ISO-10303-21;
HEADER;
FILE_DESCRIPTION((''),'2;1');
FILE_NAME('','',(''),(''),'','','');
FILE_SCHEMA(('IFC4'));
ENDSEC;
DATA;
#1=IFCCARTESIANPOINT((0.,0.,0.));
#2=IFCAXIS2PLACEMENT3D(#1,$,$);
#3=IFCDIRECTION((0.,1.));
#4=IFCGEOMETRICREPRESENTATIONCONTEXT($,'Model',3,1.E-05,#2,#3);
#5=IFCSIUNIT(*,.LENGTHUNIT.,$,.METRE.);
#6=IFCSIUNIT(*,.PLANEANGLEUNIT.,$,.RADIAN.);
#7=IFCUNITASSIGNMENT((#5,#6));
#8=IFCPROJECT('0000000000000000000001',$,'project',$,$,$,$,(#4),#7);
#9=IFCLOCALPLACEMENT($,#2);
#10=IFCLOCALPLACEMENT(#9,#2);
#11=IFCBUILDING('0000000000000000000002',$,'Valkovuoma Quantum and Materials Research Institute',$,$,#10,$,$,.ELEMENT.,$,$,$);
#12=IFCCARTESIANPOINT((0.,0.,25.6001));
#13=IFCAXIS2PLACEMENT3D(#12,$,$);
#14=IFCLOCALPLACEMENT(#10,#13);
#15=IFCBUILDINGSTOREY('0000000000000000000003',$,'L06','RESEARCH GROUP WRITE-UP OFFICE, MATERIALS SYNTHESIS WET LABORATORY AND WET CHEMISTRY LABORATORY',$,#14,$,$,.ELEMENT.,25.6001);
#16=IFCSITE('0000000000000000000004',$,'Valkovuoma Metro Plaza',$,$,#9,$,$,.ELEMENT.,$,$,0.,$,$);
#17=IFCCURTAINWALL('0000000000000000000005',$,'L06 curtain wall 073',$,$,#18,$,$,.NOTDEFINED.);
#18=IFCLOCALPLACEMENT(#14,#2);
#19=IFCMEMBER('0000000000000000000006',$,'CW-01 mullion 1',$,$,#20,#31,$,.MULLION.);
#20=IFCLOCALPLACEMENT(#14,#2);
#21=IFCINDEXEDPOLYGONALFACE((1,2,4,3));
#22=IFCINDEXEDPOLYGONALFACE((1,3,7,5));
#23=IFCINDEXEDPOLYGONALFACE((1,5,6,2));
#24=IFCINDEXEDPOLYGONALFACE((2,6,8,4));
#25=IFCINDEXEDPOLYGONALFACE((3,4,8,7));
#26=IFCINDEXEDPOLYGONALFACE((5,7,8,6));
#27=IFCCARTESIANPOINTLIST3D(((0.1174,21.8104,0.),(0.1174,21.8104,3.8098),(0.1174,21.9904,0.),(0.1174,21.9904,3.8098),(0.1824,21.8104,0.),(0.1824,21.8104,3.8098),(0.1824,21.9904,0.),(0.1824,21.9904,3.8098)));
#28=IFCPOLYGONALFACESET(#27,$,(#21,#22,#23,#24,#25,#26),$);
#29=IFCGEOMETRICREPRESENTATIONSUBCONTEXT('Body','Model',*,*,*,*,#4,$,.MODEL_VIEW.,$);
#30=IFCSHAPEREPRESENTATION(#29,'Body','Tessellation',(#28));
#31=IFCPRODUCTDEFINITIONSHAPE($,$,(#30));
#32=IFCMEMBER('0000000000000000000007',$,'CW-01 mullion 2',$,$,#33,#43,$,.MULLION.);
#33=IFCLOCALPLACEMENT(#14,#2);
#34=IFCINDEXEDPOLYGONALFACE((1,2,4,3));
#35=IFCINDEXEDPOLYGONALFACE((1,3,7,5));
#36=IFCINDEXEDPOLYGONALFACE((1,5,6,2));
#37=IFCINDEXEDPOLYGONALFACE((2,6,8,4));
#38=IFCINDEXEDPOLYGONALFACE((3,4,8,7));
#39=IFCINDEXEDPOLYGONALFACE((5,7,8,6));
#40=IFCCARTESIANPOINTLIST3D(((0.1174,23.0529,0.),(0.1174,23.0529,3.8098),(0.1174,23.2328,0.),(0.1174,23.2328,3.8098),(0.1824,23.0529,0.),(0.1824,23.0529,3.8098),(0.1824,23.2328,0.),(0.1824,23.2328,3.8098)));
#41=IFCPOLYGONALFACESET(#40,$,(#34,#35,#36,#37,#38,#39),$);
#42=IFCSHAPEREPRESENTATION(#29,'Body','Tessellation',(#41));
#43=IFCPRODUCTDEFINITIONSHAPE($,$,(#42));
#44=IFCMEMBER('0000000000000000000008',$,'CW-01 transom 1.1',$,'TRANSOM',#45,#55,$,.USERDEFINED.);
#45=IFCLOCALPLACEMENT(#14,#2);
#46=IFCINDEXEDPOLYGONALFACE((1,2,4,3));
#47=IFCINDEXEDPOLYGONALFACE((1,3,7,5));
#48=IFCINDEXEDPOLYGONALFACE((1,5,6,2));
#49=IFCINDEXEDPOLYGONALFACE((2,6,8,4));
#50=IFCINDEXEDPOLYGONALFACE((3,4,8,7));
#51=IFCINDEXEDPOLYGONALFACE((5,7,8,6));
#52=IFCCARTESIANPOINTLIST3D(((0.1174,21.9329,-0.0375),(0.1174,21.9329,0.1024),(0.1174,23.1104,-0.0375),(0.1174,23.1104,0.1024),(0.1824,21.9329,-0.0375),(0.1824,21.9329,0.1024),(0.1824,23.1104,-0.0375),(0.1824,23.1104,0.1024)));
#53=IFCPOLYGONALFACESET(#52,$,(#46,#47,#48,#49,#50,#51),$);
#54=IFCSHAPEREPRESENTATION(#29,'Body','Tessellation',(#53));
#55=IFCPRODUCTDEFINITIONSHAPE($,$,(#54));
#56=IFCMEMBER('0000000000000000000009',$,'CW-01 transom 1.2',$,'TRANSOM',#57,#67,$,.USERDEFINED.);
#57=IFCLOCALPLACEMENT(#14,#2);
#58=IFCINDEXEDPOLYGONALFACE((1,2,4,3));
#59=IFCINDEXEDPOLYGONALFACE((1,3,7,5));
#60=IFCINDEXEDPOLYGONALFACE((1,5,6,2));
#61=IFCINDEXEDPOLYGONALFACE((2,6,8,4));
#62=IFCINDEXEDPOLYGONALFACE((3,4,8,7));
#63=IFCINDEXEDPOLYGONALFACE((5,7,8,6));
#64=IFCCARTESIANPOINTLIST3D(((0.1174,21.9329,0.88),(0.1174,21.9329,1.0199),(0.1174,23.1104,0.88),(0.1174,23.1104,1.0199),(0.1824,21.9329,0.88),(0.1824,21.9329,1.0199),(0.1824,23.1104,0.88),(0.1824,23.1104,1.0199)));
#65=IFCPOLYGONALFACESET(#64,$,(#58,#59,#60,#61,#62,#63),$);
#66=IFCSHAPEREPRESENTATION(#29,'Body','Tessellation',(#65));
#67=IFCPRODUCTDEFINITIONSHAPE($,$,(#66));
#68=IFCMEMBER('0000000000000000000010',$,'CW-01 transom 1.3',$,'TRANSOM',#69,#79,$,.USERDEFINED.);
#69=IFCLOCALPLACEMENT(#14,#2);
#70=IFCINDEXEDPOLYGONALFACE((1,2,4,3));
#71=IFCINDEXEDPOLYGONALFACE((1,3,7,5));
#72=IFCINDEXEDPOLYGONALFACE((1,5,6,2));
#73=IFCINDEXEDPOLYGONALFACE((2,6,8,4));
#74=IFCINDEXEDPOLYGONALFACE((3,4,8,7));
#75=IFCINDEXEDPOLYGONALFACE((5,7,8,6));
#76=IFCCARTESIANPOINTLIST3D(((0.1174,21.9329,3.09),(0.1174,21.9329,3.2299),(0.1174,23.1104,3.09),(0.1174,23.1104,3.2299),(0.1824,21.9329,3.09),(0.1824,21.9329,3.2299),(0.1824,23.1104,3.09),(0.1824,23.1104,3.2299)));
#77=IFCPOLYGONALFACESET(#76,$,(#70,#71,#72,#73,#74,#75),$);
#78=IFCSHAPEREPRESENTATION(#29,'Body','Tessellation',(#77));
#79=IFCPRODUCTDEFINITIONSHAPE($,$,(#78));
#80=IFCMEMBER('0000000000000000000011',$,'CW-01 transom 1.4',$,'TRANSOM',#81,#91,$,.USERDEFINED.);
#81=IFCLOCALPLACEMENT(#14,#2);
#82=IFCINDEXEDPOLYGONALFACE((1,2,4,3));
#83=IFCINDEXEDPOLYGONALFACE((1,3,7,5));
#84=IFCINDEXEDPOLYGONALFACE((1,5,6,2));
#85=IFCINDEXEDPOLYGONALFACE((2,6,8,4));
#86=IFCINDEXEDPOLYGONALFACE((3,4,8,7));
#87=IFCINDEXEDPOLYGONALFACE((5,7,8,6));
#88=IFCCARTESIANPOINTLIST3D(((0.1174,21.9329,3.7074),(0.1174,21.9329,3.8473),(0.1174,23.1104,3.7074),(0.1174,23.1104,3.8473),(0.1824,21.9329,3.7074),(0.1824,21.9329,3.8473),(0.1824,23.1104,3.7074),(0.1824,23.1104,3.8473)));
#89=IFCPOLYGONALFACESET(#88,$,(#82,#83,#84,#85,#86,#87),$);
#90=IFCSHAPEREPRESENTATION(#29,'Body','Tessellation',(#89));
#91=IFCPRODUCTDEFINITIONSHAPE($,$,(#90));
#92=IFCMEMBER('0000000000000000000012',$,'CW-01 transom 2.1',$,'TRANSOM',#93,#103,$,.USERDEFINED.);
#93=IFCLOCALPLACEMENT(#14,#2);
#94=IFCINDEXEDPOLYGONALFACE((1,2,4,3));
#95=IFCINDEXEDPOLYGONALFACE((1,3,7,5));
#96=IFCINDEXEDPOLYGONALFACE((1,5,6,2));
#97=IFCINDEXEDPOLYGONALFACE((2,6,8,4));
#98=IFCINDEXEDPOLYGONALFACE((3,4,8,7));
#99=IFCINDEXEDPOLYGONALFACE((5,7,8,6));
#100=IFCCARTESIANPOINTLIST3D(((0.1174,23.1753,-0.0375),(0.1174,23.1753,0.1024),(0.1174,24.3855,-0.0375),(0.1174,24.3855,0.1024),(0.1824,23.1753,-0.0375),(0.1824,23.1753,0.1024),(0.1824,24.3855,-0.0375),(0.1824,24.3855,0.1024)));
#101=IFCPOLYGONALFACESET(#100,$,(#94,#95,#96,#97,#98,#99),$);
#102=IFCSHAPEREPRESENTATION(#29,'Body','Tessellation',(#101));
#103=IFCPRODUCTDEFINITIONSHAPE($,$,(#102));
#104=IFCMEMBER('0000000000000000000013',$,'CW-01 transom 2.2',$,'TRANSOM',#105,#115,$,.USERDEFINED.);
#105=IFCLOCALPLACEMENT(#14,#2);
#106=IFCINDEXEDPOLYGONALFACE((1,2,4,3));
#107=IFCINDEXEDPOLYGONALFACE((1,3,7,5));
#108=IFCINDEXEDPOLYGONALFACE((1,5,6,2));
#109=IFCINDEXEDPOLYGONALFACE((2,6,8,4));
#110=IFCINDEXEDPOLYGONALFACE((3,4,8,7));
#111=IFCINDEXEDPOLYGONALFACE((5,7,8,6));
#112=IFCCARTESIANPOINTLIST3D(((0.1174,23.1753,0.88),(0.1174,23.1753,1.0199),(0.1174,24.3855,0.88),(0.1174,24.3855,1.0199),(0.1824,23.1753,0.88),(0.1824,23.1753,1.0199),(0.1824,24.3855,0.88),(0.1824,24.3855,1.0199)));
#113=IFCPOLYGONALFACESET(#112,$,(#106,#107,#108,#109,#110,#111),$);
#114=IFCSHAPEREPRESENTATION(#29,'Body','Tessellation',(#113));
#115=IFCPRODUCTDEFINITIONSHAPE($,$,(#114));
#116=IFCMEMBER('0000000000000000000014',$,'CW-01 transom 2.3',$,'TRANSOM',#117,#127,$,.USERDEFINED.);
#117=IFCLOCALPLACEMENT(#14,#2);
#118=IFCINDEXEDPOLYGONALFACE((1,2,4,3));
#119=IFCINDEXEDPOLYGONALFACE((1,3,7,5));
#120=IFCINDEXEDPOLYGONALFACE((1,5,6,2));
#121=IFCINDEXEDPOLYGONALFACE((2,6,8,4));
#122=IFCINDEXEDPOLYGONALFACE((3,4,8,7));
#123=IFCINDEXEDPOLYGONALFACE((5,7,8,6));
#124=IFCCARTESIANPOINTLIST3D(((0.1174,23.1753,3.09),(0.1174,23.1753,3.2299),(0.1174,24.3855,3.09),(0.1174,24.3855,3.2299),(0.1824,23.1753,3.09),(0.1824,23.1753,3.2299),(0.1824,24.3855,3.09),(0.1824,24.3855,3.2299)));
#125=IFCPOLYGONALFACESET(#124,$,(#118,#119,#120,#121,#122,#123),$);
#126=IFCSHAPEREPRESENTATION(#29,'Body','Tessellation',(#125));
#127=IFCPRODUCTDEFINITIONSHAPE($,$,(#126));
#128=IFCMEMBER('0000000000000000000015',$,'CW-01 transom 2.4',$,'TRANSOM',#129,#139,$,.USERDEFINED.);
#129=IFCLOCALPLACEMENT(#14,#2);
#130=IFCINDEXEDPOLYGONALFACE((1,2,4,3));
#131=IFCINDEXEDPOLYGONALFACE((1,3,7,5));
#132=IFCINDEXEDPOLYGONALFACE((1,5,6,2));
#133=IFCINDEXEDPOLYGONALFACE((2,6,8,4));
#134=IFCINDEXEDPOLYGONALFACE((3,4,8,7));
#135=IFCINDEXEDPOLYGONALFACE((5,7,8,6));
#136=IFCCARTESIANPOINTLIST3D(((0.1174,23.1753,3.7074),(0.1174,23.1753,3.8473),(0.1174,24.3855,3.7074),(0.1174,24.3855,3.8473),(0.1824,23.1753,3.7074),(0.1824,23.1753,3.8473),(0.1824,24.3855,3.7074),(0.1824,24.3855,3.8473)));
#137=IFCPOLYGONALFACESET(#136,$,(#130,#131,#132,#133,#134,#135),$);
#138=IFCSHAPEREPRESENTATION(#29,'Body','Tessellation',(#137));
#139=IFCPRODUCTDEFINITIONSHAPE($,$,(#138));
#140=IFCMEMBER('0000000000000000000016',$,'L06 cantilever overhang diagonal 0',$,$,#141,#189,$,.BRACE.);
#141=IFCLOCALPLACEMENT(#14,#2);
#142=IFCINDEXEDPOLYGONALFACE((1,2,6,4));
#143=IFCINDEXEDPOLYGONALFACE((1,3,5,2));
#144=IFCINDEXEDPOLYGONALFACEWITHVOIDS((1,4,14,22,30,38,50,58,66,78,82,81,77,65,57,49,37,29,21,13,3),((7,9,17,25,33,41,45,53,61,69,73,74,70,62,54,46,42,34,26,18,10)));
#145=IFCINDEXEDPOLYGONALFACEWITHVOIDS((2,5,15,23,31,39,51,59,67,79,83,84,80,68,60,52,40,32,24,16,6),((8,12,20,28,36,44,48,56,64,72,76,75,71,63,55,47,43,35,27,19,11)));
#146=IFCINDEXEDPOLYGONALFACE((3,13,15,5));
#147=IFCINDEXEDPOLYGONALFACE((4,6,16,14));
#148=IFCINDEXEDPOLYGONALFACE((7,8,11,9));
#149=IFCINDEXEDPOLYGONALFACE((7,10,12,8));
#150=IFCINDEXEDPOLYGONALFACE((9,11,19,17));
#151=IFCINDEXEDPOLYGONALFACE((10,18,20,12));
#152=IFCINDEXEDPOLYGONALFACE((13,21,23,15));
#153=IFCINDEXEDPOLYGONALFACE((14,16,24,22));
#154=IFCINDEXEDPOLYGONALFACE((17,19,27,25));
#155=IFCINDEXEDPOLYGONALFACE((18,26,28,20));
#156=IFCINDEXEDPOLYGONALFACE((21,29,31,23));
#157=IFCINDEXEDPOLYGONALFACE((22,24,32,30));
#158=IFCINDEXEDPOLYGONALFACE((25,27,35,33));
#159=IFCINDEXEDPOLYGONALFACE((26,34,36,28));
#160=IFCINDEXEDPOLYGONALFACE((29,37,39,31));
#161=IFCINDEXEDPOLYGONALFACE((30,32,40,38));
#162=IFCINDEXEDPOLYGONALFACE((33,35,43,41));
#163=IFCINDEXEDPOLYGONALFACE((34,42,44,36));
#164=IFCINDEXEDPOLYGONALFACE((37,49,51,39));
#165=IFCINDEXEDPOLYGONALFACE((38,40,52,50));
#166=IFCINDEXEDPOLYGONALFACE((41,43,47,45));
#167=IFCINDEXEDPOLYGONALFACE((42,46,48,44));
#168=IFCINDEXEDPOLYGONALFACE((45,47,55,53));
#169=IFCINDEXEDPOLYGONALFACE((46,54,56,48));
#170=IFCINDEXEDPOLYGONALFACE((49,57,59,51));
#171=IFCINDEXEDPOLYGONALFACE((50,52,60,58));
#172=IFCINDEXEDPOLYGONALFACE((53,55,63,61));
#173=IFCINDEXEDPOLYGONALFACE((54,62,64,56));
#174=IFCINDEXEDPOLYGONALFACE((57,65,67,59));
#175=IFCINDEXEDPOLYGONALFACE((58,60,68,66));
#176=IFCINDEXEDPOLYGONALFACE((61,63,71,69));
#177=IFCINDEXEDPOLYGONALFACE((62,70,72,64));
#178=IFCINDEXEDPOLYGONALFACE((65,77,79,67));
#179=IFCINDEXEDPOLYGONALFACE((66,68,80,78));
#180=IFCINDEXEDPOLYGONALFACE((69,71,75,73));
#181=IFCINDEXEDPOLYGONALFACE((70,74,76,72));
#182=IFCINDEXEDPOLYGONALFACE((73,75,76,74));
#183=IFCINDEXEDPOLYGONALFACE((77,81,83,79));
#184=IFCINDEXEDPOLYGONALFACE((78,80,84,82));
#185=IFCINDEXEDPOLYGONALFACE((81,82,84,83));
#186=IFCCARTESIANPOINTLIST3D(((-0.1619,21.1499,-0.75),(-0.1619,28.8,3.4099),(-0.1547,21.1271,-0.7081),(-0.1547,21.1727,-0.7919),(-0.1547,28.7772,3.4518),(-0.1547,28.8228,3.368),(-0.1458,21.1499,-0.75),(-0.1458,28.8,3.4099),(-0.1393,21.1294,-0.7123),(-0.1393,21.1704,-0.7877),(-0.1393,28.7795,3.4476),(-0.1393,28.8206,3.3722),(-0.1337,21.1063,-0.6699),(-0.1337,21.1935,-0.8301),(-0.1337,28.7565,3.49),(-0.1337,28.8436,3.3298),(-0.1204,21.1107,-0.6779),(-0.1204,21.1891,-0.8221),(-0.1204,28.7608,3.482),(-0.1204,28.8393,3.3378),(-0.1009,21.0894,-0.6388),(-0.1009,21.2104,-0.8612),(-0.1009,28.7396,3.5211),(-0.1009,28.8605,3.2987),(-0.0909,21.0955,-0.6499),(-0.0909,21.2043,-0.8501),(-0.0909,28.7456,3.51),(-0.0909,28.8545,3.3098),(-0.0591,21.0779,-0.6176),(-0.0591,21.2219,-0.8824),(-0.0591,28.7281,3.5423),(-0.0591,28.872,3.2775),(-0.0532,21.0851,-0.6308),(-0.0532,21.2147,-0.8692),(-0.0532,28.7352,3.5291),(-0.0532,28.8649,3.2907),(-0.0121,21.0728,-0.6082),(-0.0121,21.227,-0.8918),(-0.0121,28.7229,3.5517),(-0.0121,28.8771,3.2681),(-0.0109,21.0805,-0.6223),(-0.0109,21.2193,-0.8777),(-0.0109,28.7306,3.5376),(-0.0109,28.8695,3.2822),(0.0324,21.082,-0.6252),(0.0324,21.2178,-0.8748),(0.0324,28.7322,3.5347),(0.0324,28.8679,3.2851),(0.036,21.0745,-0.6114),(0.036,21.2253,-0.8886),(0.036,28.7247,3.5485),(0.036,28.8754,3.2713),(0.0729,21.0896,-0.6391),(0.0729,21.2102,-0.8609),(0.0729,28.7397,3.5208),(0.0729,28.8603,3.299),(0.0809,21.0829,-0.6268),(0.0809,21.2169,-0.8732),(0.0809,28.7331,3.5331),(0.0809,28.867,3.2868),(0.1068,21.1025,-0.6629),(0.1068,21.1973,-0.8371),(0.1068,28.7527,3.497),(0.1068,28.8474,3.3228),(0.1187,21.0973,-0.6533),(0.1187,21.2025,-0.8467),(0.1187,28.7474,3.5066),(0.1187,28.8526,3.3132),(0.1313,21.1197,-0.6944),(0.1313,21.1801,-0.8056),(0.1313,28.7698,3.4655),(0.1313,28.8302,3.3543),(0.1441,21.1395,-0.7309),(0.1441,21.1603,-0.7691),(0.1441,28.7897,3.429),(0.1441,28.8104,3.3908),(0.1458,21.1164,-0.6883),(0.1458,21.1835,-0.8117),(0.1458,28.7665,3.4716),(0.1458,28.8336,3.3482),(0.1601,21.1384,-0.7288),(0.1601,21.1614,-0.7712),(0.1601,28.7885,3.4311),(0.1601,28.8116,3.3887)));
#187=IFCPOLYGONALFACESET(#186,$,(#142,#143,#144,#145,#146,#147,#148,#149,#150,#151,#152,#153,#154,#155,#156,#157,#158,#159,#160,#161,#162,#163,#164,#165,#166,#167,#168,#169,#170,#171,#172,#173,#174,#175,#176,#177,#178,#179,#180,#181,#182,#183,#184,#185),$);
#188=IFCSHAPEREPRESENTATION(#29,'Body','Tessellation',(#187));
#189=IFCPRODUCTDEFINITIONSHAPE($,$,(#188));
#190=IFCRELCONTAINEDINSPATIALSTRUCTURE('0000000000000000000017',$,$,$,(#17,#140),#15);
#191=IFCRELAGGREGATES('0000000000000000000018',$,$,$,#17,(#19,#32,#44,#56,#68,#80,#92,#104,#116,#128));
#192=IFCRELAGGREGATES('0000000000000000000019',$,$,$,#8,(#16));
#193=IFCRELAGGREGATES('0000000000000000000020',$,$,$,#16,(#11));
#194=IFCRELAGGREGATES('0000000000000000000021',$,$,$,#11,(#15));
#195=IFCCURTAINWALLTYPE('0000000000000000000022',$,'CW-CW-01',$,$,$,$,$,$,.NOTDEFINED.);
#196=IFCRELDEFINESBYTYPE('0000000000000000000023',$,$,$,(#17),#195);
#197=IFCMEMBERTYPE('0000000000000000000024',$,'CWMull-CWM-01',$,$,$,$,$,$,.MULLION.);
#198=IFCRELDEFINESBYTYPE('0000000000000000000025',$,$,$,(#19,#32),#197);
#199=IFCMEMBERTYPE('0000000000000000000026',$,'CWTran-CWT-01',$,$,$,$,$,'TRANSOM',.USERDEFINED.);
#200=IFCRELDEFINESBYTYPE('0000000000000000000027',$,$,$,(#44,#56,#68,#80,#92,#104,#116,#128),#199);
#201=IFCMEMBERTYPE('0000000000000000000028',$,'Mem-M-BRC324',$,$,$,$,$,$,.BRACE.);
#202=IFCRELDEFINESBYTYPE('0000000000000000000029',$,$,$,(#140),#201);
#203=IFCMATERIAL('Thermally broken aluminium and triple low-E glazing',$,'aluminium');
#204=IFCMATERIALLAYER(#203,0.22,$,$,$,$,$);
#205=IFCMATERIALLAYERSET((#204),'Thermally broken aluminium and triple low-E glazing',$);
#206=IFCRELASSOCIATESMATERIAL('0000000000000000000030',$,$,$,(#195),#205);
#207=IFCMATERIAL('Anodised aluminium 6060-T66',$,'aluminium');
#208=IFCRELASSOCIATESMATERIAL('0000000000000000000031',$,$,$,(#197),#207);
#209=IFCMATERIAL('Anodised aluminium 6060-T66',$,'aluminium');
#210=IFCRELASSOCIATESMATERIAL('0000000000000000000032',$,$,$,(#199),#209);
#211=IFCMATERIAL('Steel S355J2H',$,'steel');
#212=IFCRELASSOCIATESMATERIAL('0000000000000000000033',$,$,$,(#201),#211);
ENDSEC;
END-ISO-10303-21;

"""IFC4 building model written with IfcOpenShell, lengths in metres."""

from ifc_helpers import new_model, si_unit, direction, frame, origin, origin_2d, place, context, subcontext, project, spatial, rectangle, hollow_circle, extrude, material, layer, layer_set, material_profile, profile_set, type_object, element, aggregate, save


model = new_model("IFC4")

# Units and contexts
model_context = context("Model", 3, precision=1e-05, world=origin(), true_north=direction((0.0, 1.0)))
body_context = subcontext(model_context, "Body", "Model", "MODEL_VIEW")
ifc_project = project(units=[si_unit("LENGTHUNIT", "METRE"), si_unit("PLANEANGLEUNIT", "RADIAN")], contexts=[model_context])

# Site, building, storey
site_placement = place(None, origin())
site = spatial("IfcSite", under=ifc_project, at=site_placement, Name="Valkovuoma Metro Plaza", CompositionType="ELEMENT", RefElevation=0.0)
building_placement = place(site_placement, origin())
building = spatial("IfcBuilding", under=site, at=building_placement, Name="Valkovuoma Quantum and Materials Research Institute", CompositionType="ELEMENT")
storey_placement = place(building_placement, frame((0.0, 0.0, 25.6001)))
storey = spatial("IfcBuildingStorey", under=building, at=storey_placement, Name="L06", Description="RESEARCH GROUP WRITE-UP OFFICE, MATERIALS SYNTHESIS WET LABORATORY AND WET CHEMISTRY LABORATORY", CompositionType="ELEMENT", Elevation=25.6001)

# Curtain wall, members
ifc_material_1 = material(Name="Thermally broken aluminium and triple low-E glazing", Category="aluminium")
ifc_layer_1 = layer(ifc_material_1, 0.22)
ifc_layer_set_1 = layer_set([ifc_layer_1], Name="Thermally broken aluminium and triple low-E glazing")
curtain_wall_type = type_object("IfcCurtainWallType", Name="CW-CW-01", PredefinedType="NOTDEFINED", material=ifc_layer_set_1)
curtain_wall_placement = place(storey_placement, origin())
curtain_wall = element("IfcCurtainWall", 1, at=curtain_wall_placement, inside=storey, type_object=curtain_wall_type, Name="L06 curtain wall 073", PredefinedType="NOTDEFINED")
ifc_material_2 = material(Name="Anodised aluminium 6060-T66", Category="aluminium")
ifc_material_profile_1 = material_profile(ifc_material_2, rectangle(XDim=0.0649, YDim=0.1799, at=origin_2d()), Name="Anodised aluminium 6060-T66")
ifc_profile_set_1 = profile_set([ifc_material_profile_1], Name="Anodised aluminium 6060-T66")
member_type_1 = type_object("IfcMemberType", Name="CWMull-CWM-01", PredefinedType="MULLION", material=ifc_profile_set_1)
member_1_placement = place(storey_placement, frame((0.1499, 21.9004, 0.0), z_axis=(0.0, 0.0, 1.0), x_axis=(-1.0, 0.0, 0.0)))
member_1 = element("IfcMember", 2, at=member_1_placement, type_object=member_type_1, Name="CW-01 mullion 1", PredefinedType="MULLION", context=body_context, shape_type="SweptSolid", body=[
    extrude(rectangle(XDim=0.0649, YDim=0.1799, at=origin_2d()), origin(), (0.0, 0.0, 1.0), 3.8098),
])
member_2_placement = place(storey_placement, frame((0.1499, 23.1428, 0.0), z_axis=(0.0, 0.0, 1.0), x_axis=(-1.0, 0.0, 0.0)))
member_2 = element("IfcMember", 3, at=member_2_placement, type_object=member_type_1, Name="CW-01 mullion 2", PredefinedType="MULLION", context=body_context, shape_type="SweptSolid", body=[
    extrude(rectangle(XDim=0.0649, YDim=0.1799, at=origin_2d()), origin(), (0.0, 0.0, 1.0), 3.8098),
])
ifc_material_3 = material(Name="Anodised aluminium 6060-T66", Category="aluminium")
ifc_material_profile_2 = material_profile(ifc_material_3, rectangle(XDim=0.0649, YDim=0.1399, at=origin_2d()), Name="Anodised aluminium 6060-T66")
ifc_profile_set_2 = profile_set([ifc_material_profile_2], Name="Anodised aluminium 6060-T66")
member_type_2 = type_object("IfcMemberType", Name="CWTran-CWT-01", ElementType="TRANSOM", PredefinedType="USERDEFINED", material=ifc_profile_set_2)
member_3_placement = place(storey_placement, frame((0.1499, 21.9329, 0.0325), z_axis=(0.0, 1.0, 0.0), x_axis=(-1.0, 0.0, 0.0)))
member_3 = element("IfcMember", 4, at=member_3_placement, type_object=member_type_2, Name="CW-01 transom 1.1", ObjectType="TRANSOM", PredefinedType="USERDEFINED", context=body_context, shape_type="SweptSolid", body=[
    extrude(rectangle(XDim=0.0649, YDim=0.1399, at=origin_2d()), origin(), (0.0, 0.0, 1.0), 1.1775),
])
member_4_placement = place(storey_placement, frame((0.1499, 21.9329, 0.95), z_axis=(0.0, 1.0, 0.0), x_axis=(-1.0, 0.0, 0.0)))
member_4 = element("IfcMember", 5, at=member_4_placement, type_object=member_type_2, Name="CW-01 transom 1.2", ObjectType="TRANSOM", PredefinedType="USERDEFINED", context=body_context, shape_type="SweptSolid", body=[
    extrude(rectangle(XDim=0.0649, YDim=0.1399, at=origin_2d()), origin(), (0.0, 0.0, 1.0), 1.1775),
])
member_5_placement = place(storey_placement, frame((0.1499, 21.9329, 3.1599), z_axis=(0.0, 1.0, 0.0), x_axis=(-1.0, 0.0, 0.0)))
member_5 = element("IfcMember", 6, at=member_5_placement, type_object=member_type_2, Name="CW-01 transom 1.3", ObjectType="TRANSOM", PredefinedType="USERDEFINED", context=body_context, shape_type="SweptSolid", body=[
    extrude(rectangle(XDim=0.0649, YDim=0.1399, at=origin_2d()), origin(), (0.0, 0.0, 1.0), 1.1775),
])
member_6_placement = place(storey_placement, frame((0.1499, 21.9329, 3.7773), z_axis=(0.0, 1.0, 0.0), x_axis=(-1.0, 0.0, 0.0)))
member_6 = element("IfcMember", 7, at=member_6_placement, type_object=member_type_2, Name="CW-01 transom 1.4", ObjectType="TRANSOM", PredefinedType="USERDEFINED", context=body_context, shape_type="SweptSolid", body=[
    extrude(rectangle(XDim=0.0649, YDim=0.1399, at=origin_2d()), origin(), (0.0, 0.0, 1.0), 1.1775),
])
member_7_placement = place(storey_placement, frame((0.1499, 23.1753, 0.0325), z_axis=(0.0, 1.0, 0.0), x_axis=(-1.0, 0.0, 0.0)))
member_7 = element("IfcMember", 8, at=member_7_placement, type_object=member_type_2, Name="CW-01 transom 2.1", ObjectType="TRANSOM", PredefinedType="USERDEFINED", context=body_context, shape_type="SweptSolid", body=[
    extrude(rectangle(XDim=0.0649, YDim=0.1399, at=origin_2d()), origin(), (0.0, 0.0, 1.0), 1.2102),
])
member_8_placement = place(storey_placement, frame((0.1499, 23.1753, 0.95), z_axis=(0.0, 1.0, 0.0), x_axis=(-1.0, 0.0, 0.0)))
member_8 = element("IfcMember", 9, at=member_8_placement, type_object=member_type_2, Name="CW-01 transom 2.2", ObjectType="TRANSOM", PredefinedType="USERDEFINED", context=body_context, shape_type="SweptSolid", body=[
    extrude(rectangle(XDim=0.0649, YDim=0.1399, at=origin_2d()), origin(), (0.0, 0.0, 1.0), 1.2102),
])
member_9_placement = place(storey_placement, frame((0.1499, 23.1753, 3.1599), z_axis=(0.0, 1.0, 0.0), x_axis=(-1.0, 0.0, 0.0)))
member_9 = element("IfcMember", 10, at=member_9_placement, type_object=member_type_2, Name="CW-01 transom 2.3", ObjectType="TRANSOM", PredefinedType="USERDEFINED", context=body_context, shape_type="SweptSolid", body=[
    extrude(rectangle(XDim=0.0649, YDim=0.1399, at=origin_2d()), origin(), (0.0, 0.0, 1.0), 1.2102),
])
member_10_placement = place(storey_placement, frame((0.1499, 23.1753, 3.7773), z_axis=(0.0, 1.0, 0.0), x_axis=(-1.0, 0.0, 0.0)))
member_10 = element("IfcMember", 11, at=member_10_placement, type_object=member_type_2, Name="CW-01 transom 2.4", ObjectType="TRANSOM", PredefinedType="USERDEFINED", context=body_context, shape_type="SweptSolid", body=[
    extrude(rectangle(XDim=0.0649, YDim=0.1399, at=origin_2d()), origin(), (0.0, 0.0, 1.0), 1.2102),
])

# Member
ifc_material_4 = material(Name="Steel S355J2H", Category="steel")
ifc_material_profile_3 = material_profile(ifc_material_4, hollow_circle(Radius=0.1619, WallThickness=0.0161, at=origin_2d()), Name="Steel S355J2H")
ifc_profile_set_3 = profile_set([ifc_material_profile_3], Name="Steel S355J2H")
member_type_3 = type_object("IfcMemberType", Name="Mem-M-BRC324", PredefinedType="BRACE", material=ifc_profile_set_3)
member_11_placement = place(storey_placement, frame((0.0, 21.1499, -0.75), z_axis=(0.0, 0.878517, 0.47771), x_axis=(-1.0, 0.0, 0.0)))
element("IfcMember", 12, at=member_11_placement, inside=storey, type_object=member_type_3, Name="L06 cantilever overhang diagonal 0", PredefinedType="BRACE", context=body_context, shape_type="SweptSolid", body=[
    extrude(hollow_circle(Radius=0.1619, WallThickness=0.0161, at=origin_2d()), origin(), (0.0, 0.0, 1.0), 8.708),
])

aggregate(curtain_wall, [member_1, member_2, member_3, member_4, member_5, member_6, member_7, member_8, member_9, member_10])

save(model, "model.ifc")
